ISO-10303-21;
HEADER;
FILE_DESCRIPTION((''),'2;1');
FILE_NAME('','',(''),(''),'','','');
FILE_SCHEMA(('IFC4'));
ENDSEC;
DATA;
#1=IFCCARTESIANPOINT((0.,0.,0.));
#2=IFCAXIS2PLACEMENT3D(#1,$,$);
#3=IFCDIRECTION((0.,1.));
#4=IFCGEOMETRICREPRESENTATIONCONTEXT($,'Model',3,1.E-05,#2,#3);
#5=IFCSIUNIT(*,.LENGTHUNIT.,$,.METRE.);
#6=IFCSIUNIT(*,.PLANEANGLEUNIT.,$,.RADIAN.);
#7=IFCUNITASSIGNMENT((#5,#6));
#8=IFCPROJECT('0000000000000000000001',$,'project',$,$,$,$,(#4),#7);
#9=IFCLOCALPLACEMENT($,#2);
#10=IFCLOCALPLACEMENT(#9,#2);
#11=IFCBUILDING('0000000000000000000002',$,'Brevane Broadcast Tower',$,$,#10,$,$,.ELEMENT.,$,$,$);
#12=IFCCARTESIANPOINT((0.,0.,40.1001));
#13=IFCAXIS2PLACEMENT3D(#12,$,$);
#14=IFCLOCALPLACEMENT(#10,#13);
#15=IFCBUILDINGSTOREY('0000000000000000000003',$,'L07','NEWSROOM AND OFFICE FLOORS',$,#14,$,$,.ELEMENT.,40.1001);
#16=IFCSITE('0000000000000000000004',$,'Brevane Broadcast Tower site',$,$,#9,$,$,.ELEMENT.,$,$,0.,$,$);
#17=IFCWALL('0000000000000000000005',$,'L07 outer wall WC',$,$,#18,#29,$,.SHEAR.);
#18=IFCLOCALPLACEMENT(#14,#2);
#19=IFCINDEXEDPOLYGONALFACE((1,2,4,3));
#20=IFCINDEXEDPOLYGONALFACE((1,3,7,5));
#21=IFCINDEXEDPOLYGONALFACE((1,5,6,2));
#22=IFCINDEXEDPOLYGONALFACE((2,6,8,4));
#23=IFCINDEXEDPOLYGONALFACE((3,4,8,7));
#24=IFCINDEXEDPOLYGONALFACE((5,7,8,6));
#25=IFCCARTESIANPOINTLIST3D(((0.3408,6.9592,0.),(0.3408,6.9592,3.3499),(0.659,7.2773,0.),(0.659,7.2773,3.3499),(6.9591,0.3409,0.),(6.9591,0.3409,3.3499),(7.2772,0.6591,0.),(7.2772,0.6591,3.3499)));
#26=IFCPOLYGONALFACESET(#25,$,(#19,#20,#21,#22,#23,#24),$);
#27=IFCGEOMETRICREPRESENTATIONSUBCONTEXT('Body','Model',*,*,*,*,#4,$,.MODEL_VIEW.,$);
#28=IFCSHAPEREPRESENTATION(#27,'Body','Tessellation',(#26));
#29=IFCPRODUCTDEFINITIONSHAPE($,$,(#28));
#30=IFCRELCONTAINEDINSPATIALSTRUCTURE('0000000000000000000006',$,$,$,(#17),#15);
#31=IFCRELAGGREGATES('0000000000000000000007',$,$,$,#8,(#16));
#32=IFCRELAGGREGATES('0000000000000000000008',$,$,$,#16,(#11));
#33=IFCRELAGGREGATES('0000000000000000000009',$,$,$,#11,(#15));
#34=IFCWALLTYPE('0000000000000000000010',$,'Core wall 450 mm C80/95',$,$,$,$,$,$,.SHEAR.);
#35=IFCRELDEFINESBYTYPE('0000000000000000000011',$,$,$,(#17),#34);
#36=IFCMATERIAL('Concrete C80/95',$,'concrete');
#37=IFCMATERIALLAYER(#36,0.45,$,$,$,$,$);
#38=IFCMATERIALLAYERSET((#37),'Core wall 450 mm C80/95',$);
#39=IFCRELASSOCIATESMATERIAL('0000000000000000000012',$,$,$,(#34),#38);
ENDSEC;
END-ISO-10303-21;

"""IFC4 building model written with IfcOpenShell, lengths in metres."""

from ifc_helpers import new_model, si_unit, direction, frame, frame_2d, origin, place, context, subcontext, project, spatial, rectangle, extrude, material, layer, layer_set, type_object, element, save


model = new_model("IFC4")

# Units and contexts
model_context = context("Model", 3, precision=1e-05, world=origin(), true_north=direction((0.0, 1.0)))
body_context = subcontext(model_context, "Body", "Model", "MODEL_VIEW")
ifc_project = project(units=[si_unit("LENGTHUNIT", "METRE"), si_unit("PLANEANGLEUNIT", "RADIAN")], contexts=[model_context])

# Site, building, storey
site_placement = place(None, origin())
site = spatial("IfcSite", under=ifc_project, at=site_placement, Name="Brevane Broadcast Tower site", CompositionType="ELEMENT", RefElevation=0.0)
building_placement = place(site_placement, origin())
building = spatial("IfcBuilding", under=site, at=building_placement, Name="Brevane Broadcast Tower", CompositionType="ELEMENT")
storey_placement = place(building_placement, frame((0.0, 0.0, 40.1001)))
storey = spatial("IfcBuildingStorey", under=building, at=storey_placement, Name="L07", Description="NEWSROOM AND OFFICE FLOORS", CompositionType="ELEMENT", Elevation=40.1001)

# Shared definitions
ifc_material_1 = material(Name="Concrete C80/95", Category="concrete")

# Wall
ifc_layer_1 = layer(ifc_material_1, 0.45)
ifc_layer_set_1 = layer_set([ifc_layer_1], Name="Core wall 450 mm C80/95")
wall_type_1 = type_object("IfcWallType", Name="Core wall 450 mm C80/95", PredefinedType="SHEAR", material=ifc_layer_set_1)
wall_1_placement = place(storey_placement, frame((0.5, 7.1182, 0.0), z_axis=(0.0, 0.0, 1.0), x_axis=(0.707107, -0.707107, 0.0)))
element("IfcWall", 1, at=wall_1_placement, inside=storey, type_object=wall_type_1, Name="L07 outer wall WC", PredefinedType="SHEAR", context=body_context, shape_type="SweptSolid", body=[
    extrude(rectangle(XDim=9.3596, YDim=0.45, at=frame_2d((4.6797, 0.0))), origin(), (0.0, 0.0, 1.0), 3.3499),
])

save(model, "model.ifc")
